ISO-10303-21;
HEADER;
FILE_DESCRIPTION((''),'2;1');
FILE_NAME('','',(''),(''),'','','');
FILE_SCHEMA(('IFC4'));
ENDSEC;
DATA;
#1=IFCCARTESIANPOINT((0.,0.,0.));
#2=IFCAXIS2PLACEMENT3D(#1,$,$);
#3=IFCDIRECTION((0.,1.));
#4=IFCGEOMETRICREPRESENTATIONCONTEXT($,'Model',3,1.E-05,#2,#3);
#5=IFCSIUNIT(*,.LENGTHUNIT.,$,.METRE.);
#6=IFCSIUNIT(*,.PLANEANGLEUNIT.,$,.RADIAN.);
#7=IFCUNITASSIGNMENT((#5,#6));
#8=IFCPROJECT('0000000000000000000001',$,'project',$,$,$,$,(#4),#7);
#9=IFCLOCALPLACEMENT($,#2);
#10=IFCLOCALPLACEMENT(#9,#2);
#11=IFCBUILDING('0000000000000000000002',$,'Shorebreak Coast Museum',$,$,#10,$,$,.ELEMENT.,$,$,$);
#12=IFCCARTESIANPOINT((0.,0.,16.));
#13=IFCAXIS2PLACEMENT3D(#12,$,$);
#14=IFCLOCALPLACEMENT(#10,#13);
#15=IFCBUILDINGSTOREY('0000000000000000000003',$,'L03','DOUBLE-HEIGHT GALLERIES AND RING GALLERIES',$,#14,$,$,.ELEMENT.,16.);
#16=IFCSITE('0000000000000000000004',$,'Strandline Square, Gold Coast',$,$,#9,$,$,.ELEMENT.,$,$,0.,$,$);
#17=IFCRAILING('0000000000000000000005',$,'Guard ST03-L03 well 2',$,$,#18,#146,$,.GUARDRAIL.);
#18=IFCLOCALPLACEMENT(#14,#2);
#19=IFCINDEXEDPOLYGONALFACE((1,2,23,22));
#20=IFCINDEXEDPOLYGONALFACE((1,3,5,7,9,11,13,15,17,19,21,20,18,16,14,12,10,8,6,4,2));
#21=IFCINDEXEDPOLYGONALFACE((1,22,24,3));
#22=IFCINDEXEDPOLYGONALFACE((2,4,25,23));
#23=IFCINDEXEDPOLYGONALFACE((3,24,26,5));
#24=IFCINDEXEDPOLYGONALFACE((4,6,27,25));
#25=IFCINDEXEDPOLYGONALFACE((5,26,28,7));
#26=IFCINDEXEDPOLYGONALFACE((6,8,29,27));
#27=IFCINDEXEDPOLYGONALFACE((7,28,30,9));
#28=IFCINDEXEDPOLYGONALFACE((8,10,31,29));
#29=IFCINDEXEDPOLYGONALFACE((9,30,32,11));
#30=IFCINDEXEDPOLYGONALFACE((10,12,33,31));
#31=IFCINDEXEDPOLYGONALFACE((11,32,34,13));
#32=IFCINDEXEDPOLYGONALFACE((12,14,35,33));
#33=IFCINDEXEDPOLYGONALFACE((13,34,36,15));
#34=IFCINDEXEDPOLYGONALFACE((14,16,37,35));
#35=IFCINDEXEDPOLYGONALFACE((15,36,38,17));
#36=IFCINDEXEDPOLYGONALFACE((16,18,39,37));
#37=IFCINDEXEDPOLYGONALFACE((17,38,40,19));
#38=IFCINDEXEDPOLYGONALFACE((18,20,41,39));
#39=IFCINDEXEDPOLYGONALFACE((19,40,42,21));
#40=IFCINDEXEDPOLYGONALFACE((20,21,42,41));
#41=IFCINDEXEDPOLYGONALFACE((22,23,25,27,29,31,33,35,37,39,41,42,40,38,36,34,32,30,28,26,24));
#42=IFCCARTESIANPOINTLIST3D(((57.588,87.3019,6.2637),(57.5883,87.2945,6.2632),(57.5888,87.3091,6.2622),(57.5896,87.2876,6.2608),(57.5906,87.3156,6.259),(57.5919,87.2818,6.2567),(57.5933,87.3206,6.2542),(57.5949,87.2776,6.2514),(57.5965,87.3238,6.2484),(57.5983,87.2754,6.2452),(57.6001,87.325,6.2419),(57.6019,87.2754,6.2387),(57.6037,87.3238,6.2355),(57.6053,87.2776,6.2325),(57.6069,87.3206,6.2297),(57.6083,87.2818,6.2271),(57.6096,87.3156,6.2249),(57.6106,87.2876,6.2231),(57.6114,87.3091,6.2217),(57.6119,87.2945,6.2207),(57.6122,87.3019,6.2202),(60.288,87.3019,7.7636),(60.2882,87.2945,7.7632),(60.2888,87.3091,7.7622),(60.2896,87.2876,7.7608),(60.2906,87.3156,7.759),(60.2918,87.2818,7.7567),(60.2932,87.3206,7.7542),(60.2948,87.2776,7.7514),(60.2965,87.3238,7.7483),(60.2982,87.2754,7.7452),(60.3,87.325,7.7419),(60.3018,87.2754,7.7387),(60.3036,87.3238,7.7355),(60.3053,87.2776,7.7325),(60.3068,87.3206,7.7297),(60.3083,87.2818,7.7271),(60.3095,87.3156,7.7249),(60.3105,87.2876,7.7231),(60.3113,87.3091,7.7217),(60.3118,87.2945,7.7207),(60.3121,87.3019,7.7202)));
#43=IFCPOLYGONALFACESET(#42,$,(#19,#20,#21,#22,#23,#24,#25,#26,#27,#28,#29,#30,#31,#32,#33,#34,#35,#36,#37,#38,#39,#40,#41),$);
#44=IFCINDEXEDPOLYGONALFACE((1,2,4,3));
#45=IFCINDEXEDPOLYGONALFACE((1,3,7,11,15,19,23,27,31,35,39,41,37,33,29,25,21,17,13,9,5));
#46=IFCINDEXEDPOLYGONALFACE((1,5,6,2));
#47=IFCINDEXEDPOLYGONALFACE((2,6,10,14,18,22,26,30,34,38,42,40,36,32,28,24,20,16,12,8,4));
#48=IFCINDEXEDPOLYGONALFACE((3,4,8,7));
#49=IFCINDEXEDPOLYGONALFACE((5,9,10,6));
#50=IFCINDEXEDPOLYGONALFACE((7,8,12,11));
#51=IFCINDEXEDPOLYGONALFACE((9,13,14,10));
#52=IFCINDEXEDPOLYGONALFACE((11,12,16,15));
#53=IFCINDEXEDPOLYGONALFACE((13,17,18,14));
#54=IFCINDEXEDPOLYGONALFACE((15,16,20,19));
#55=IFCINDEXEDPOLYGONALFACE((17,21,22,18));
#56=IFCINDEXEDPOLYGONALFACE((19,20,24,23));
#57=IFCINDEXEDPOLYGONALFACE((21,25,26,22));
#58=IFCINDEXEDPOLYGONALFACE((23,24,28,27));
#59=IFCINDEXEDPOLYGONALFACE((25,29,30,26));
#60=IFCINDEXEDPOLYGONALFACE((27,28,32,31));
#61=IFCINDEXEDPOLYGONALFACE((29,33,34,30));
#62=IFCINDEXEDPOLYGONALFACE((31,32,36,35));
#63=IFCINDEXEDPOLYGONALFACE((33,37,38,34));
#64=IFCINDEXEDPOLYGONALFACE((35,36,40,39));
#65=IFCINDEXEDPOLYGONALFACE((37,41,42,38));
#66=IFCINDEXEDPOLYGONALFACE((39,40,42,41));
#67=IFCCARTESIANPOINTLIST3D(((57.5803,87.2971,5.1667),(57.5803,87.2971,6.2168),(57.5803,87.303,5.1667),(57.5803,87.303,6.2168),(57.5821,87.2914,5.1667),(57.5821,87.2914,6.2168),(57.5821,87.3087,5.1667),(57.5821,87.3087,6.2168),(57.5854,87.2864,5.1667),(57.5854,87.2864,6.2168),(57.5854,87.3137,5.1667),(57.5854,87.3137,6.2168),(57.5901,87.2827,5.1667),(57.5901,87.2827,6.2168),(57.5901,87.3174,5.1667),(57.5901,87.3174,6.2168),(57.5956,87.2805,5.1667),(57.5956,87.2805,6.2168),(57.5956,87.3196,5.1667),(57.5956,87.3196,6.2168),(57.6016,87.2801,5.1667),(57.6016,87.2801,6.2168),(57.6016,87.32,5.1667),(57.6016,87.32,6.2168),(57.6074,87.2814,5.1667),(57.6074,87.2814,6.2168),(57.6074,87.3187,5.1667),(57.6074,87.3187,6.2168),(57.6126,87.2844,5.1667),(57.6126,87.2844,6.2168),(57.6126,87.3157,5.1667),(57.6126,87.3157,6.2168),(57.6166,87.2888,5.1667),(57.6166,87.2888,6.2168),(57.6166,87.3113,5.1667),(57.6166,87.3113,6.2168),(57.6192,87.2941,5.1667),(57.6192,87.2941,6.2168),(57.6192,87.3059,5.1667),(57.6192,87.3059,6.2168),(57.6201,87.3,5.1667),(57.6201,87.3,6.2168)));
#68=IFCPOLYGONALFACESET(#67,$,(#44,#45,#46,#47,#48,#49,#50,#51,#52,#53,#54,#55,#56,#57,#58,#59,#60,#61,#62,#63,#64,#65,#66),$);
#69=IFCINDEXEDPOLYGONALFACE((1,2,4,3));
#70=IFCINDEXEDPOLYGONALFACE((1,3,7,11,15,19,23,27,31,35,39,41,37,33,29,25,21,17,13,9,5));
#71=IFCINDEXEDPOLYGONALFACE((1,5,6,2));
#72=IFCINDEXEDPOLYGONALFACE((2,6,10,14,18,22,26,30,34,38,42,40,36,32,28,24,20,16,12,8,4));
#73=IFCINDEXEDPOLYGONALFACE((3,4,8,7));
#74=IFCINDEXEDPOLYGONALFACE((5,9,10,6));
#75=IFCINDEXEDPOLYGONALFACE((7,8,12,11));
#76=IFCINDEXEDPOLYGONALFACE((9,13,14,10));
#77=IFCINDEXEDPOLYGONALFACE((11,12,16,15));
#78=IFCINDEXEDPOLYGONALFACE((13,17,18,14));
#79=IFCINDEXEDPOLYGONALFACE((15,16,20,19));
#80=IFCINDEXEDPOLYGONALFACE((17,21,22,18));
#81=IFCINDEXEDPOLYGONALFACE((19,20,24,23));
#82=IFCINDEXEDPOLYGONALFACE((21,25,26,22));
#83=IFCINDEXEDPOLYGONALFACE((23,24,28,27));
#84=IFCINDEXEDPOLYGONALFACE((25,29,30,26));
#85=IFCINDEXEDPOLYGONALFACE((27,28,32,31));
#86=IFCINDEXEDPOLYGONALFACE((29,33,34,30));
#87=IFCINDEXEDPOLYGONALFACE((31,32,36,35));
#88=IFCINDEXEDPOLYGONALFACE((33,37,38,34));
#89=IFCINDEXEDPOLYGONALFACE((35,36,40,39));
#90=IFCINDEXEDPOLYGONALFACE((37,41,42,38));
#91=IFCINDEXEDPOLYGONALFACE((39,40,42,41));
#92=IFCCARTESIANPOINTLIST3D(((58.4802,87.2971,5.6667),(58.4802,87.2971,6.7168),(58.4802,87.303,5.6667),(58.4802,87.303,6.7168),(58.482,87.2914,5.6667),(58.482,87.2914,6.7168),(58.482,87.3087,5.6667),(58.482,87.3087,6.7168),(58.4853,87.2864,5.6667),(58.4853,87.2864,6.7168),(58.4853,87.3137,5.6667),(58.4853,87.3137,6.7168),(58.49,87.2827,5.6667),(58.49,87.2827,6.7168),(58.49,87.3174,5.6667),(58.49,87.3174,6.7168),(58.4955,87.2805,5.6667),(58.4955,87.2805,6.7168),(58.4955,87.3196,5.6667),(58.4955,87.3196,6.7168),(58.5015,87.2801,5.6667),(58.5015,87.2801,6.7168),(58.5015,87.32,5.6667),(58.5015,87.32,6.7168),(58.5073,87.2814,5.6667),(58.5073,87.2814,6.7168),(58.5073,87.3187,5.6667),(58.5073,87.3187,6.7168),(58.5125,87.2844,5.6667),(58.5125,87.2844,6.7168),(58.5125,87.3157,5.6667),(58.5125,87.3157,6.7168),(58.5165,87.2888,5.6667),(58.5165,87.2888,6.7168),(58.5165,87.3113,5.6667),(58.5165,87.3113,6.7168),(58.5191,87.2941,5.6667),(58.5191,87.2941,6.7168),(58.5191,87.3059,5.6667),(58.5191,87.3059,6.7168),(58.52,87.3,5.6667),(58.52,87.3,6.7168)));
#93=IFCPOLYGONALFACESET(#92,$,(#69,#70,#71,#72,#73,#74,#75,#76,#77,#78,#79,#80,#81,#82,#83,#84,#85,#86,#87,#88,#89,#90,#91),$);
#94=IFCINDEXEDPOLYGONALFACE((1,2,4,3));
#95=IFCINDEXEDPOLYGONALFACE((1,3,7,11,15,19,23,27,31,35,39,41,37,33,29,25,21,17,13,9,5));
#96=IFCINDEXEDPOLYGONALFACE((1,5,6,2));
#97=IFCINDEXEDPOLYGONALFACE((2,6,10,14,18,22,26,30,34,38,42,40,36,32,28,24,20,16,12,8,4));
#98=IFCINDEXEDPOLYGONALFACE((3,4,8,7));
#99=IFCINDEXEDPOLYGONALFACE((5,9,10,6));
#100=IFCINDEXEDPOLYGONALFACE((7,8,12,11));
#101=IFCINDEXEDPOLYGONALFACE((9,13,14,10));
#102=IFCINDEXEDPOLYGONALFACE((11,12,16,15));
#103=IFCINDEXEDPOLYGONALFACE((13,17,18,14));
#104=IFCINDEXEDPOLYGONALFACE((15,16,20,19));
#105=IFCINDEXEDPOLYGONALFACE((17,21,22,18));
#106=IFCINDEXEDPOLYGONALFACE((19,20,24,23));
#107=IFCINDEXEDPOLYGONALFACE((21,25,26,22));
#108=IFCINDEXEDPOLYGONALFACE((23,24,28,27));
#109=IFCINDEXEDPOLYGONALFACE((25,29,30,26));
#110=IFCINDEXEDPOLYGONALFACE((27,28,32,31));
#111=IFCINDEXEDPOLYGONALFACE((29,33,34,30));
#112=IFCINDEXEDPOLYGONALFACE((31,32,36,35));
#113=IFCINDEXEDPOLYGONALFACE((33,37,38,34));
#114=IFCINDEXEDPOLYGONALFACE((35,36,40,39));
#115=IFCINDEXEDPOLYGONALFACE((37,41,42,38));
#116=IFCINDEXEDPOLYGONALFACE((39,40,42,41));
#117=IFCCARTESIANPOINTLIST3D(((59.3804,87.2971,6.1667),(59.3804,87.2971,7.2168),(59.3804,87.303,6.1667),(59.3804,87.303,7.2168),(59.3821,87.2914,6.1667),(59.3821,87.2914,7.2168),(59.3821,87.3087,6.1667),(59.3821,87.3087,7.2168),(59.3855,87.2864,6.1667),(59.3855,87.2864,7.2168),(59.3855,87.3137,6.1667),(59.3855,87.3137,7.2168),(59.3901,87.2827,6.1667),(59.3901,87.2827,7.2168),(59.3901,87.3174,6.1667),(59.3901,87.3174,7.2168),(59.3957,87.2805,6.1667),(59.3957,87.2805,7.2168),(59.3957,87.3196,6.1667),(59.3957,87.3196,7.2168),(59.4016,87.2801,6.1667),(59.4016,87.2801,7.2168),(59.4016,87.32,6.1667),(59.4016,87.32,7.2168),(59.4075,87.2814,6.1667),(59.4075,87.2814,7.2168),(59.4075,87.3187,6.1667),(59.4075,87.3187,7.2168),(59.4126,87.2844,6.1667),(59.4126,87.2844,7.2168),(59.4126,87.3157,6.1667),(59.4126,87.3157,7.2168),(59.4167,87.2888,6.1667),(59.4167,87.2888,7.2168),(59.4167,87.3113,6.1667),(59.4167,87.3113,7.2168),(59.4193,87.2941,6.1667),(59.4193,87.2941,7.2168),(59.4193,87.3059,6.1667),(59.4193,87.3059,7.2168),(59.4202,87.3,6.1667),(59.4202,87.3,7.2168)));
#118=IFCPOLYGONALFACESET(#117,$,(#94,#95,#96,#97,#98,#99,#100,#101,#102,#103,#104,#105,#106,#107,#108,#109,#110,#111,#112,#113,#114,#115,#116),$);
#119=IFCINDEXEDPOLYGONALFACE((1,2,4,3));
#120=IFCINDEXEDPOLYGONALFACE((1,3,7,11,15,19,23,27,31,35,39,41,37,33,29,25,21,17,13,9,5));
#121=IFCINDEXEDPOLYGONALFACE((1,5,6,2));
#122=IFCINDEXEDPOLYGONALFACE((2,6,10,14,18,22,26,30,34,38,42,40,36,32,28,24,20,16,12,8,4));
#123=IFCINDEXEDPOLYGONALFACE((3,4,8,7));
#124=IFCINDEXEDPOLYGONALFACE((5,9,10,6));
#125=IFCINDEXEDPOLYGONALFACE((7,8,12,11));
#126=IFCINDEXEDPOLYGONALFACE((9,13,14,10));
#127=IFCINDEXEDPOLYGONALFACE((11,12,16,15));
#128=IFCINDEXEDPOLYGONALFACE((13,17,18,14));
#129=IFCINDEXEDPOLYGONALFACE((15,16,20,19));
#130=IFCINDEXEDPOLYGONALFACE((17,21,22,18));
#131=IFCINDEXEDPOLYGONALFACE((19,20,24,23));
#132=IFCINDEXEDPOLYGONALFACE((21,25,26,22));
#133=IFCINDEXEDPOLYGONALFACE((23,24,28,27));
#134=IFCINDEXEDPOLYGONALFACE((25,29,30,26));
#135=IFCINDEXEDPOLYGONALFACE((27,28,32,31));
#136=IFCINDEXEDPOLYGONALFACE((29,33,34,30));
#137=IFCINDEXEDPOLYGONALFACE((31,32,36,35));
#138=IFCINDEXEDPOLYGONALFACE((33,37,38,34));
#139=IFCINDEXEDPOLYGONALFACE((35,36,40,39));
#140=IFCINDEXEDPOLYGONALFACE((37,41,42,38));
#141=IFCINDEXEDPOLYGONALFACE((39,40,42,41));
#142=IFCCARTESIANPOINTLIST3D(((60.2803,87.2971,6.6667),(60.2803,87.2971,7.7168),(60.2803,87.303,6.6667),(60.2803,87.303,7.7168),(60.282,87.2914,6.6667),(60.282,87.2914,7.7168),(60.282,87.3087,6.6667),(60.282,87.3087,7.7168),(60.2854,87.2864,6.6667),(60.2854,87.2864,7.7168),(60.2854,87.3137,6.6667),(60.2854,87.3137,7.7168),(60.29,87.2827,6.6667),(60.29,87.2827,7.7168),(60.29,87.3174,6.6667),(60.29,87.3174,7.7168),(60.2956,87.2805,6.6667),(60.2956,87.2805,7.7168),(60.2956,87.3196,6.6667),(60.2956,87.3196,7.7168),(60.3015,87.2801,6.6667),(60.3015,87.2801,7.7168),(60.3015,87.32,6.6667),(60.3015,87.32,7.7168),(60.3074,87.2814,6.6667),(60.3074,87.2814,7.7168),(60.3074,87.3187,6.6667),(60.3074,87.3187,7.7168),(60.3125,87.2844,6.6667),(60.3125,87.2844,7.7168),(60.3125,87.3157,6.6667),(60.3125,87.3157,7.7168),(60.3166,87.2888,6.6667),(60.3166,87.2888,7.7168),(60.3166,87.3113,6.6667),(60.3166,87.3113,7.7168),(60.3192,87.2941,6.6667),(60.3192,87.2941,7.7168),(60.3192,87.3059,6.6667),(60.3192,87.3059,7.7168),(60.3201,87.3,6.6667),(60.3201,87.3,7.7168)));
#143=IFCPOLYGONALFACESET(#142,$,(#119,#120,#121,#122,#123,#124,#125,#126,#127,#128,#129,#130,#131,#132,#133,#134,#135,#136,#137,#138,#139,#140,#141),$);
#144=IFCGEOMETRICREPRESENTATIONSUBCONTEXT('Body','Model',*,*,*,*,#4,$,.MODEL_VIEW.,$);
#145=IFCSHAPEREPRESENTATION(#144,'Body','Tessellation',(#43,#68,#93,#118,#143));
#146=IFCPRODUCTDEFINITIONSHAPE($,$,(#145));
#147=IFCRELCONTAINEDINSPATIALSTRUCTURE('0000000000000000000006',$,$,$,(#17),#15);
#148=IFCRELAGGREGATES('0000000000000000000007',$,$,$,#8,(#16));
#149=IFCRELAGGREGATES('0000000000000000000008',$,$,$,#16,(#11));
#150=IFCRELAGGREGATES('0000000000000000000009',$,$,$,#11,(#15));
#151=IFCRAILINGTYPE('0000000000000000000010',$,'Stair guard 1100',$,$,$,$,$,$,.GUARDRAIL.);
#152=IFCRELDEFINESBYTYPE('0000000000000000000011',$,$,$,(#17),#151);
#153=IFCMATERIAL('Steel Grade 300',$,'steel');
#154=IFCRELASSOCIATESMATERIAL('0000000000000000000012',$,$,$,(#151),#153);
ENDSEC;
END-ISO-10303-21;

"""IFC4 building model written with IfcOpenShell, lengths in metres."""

from ifc_helpers import new_model, si_unit, direction, frame, origin, origin_2d, place, context, subcontext, project, spatial, circle, extrude, material, type_object, element, save


model = new_model("IFC4")

# Units and contexts
model_context = context("Model", 3, precision=1e-05, world=origin(), true_north=direction((0.0, 1.0)))
body_context = subcontext(model_context, "Body", "Model", "MODEL_VIEW")
ifc_project = project(units=[si_unit("LENGTHUNIT", "METRE"), si_unit("PLANEANGLEUNIT", "RADIAN")], contexts=[model_context])

# Site, building, storey
site_placement = place(None, origin())
site = spatial("IfcSite", under=ifc_project, at=site_placement, Name="Strandline Square, Gold Coast", CompositionType="ELEMENT", RefElevation=0.0)
building_placement = place(site_placement, origin())
building = spatial("IfcBuilding", under=site, at=building_placement, Name="Shorebreak Coast Museum", CompositionType="ELEMENT")
storey_placement = place(building_placement, frame((0.0, 0.0, 16.0)))
storey = spatial("IfcBuildingStorey", under=building, at=storey_placement, Name="L03", Description="DOUBLE-HEIGHT GALLERIES AND RING GALLERIES", CompositionType="ELEMENT", Elevation=16.0)

# Railing
ifc_material_1 = material(Name="Steel Grade 300", Category="steel")
railing_type_1 = type_object("IfcRailingType", Name="Stair guard 1100", PredefinedType="GUARDRAIL", material=ifc_material_1)
for number, where, name in (
    (1, (57.6001, 87.3, 5.1667), "Guard ST03-L03 well 2"),
):
    element("IfcRailing", number, at=place(storey_placement, frame(where)), inside=storey, type_object=railing_type_1, Name=name, PredefinedType="GUARDRAIL", context=body_context, shape_type="SweptSolid", body=[
        extrude(circle(Radius=0.0249, at=origin_2d()), frame((0.0, 0.0, 1.0752), z_axis=(0.874154, 0.0, 0.48565), x_axis=(0.0, 1.0, 0.0)), (0.0, 0.0, 1.0), 3.0886),
        extrude(circle(Radius=0.02, at=origin_2d()), origin(), (0.0, 0.0, 1.0), 1.05),
        extrude(circle(Radius=0.02, at=origin_2d()), frame((0.8999, 0.0, 0.5)), (0.0, 0.0, 1.0), 1.05),
        extrude(circle(Radius=0.02, at=origin_2d()), frame((1.8, 0.0, 1.0)), (0.0, 0.0, 1.0), 1.05),
        extrude(circle(Radius=0.02, at=origin_2d()), frame((2.7, 0.0, 1.5)), (0.0, 0.0, 1.0), 1.05),
    ])

save(model, "model.ifc")
